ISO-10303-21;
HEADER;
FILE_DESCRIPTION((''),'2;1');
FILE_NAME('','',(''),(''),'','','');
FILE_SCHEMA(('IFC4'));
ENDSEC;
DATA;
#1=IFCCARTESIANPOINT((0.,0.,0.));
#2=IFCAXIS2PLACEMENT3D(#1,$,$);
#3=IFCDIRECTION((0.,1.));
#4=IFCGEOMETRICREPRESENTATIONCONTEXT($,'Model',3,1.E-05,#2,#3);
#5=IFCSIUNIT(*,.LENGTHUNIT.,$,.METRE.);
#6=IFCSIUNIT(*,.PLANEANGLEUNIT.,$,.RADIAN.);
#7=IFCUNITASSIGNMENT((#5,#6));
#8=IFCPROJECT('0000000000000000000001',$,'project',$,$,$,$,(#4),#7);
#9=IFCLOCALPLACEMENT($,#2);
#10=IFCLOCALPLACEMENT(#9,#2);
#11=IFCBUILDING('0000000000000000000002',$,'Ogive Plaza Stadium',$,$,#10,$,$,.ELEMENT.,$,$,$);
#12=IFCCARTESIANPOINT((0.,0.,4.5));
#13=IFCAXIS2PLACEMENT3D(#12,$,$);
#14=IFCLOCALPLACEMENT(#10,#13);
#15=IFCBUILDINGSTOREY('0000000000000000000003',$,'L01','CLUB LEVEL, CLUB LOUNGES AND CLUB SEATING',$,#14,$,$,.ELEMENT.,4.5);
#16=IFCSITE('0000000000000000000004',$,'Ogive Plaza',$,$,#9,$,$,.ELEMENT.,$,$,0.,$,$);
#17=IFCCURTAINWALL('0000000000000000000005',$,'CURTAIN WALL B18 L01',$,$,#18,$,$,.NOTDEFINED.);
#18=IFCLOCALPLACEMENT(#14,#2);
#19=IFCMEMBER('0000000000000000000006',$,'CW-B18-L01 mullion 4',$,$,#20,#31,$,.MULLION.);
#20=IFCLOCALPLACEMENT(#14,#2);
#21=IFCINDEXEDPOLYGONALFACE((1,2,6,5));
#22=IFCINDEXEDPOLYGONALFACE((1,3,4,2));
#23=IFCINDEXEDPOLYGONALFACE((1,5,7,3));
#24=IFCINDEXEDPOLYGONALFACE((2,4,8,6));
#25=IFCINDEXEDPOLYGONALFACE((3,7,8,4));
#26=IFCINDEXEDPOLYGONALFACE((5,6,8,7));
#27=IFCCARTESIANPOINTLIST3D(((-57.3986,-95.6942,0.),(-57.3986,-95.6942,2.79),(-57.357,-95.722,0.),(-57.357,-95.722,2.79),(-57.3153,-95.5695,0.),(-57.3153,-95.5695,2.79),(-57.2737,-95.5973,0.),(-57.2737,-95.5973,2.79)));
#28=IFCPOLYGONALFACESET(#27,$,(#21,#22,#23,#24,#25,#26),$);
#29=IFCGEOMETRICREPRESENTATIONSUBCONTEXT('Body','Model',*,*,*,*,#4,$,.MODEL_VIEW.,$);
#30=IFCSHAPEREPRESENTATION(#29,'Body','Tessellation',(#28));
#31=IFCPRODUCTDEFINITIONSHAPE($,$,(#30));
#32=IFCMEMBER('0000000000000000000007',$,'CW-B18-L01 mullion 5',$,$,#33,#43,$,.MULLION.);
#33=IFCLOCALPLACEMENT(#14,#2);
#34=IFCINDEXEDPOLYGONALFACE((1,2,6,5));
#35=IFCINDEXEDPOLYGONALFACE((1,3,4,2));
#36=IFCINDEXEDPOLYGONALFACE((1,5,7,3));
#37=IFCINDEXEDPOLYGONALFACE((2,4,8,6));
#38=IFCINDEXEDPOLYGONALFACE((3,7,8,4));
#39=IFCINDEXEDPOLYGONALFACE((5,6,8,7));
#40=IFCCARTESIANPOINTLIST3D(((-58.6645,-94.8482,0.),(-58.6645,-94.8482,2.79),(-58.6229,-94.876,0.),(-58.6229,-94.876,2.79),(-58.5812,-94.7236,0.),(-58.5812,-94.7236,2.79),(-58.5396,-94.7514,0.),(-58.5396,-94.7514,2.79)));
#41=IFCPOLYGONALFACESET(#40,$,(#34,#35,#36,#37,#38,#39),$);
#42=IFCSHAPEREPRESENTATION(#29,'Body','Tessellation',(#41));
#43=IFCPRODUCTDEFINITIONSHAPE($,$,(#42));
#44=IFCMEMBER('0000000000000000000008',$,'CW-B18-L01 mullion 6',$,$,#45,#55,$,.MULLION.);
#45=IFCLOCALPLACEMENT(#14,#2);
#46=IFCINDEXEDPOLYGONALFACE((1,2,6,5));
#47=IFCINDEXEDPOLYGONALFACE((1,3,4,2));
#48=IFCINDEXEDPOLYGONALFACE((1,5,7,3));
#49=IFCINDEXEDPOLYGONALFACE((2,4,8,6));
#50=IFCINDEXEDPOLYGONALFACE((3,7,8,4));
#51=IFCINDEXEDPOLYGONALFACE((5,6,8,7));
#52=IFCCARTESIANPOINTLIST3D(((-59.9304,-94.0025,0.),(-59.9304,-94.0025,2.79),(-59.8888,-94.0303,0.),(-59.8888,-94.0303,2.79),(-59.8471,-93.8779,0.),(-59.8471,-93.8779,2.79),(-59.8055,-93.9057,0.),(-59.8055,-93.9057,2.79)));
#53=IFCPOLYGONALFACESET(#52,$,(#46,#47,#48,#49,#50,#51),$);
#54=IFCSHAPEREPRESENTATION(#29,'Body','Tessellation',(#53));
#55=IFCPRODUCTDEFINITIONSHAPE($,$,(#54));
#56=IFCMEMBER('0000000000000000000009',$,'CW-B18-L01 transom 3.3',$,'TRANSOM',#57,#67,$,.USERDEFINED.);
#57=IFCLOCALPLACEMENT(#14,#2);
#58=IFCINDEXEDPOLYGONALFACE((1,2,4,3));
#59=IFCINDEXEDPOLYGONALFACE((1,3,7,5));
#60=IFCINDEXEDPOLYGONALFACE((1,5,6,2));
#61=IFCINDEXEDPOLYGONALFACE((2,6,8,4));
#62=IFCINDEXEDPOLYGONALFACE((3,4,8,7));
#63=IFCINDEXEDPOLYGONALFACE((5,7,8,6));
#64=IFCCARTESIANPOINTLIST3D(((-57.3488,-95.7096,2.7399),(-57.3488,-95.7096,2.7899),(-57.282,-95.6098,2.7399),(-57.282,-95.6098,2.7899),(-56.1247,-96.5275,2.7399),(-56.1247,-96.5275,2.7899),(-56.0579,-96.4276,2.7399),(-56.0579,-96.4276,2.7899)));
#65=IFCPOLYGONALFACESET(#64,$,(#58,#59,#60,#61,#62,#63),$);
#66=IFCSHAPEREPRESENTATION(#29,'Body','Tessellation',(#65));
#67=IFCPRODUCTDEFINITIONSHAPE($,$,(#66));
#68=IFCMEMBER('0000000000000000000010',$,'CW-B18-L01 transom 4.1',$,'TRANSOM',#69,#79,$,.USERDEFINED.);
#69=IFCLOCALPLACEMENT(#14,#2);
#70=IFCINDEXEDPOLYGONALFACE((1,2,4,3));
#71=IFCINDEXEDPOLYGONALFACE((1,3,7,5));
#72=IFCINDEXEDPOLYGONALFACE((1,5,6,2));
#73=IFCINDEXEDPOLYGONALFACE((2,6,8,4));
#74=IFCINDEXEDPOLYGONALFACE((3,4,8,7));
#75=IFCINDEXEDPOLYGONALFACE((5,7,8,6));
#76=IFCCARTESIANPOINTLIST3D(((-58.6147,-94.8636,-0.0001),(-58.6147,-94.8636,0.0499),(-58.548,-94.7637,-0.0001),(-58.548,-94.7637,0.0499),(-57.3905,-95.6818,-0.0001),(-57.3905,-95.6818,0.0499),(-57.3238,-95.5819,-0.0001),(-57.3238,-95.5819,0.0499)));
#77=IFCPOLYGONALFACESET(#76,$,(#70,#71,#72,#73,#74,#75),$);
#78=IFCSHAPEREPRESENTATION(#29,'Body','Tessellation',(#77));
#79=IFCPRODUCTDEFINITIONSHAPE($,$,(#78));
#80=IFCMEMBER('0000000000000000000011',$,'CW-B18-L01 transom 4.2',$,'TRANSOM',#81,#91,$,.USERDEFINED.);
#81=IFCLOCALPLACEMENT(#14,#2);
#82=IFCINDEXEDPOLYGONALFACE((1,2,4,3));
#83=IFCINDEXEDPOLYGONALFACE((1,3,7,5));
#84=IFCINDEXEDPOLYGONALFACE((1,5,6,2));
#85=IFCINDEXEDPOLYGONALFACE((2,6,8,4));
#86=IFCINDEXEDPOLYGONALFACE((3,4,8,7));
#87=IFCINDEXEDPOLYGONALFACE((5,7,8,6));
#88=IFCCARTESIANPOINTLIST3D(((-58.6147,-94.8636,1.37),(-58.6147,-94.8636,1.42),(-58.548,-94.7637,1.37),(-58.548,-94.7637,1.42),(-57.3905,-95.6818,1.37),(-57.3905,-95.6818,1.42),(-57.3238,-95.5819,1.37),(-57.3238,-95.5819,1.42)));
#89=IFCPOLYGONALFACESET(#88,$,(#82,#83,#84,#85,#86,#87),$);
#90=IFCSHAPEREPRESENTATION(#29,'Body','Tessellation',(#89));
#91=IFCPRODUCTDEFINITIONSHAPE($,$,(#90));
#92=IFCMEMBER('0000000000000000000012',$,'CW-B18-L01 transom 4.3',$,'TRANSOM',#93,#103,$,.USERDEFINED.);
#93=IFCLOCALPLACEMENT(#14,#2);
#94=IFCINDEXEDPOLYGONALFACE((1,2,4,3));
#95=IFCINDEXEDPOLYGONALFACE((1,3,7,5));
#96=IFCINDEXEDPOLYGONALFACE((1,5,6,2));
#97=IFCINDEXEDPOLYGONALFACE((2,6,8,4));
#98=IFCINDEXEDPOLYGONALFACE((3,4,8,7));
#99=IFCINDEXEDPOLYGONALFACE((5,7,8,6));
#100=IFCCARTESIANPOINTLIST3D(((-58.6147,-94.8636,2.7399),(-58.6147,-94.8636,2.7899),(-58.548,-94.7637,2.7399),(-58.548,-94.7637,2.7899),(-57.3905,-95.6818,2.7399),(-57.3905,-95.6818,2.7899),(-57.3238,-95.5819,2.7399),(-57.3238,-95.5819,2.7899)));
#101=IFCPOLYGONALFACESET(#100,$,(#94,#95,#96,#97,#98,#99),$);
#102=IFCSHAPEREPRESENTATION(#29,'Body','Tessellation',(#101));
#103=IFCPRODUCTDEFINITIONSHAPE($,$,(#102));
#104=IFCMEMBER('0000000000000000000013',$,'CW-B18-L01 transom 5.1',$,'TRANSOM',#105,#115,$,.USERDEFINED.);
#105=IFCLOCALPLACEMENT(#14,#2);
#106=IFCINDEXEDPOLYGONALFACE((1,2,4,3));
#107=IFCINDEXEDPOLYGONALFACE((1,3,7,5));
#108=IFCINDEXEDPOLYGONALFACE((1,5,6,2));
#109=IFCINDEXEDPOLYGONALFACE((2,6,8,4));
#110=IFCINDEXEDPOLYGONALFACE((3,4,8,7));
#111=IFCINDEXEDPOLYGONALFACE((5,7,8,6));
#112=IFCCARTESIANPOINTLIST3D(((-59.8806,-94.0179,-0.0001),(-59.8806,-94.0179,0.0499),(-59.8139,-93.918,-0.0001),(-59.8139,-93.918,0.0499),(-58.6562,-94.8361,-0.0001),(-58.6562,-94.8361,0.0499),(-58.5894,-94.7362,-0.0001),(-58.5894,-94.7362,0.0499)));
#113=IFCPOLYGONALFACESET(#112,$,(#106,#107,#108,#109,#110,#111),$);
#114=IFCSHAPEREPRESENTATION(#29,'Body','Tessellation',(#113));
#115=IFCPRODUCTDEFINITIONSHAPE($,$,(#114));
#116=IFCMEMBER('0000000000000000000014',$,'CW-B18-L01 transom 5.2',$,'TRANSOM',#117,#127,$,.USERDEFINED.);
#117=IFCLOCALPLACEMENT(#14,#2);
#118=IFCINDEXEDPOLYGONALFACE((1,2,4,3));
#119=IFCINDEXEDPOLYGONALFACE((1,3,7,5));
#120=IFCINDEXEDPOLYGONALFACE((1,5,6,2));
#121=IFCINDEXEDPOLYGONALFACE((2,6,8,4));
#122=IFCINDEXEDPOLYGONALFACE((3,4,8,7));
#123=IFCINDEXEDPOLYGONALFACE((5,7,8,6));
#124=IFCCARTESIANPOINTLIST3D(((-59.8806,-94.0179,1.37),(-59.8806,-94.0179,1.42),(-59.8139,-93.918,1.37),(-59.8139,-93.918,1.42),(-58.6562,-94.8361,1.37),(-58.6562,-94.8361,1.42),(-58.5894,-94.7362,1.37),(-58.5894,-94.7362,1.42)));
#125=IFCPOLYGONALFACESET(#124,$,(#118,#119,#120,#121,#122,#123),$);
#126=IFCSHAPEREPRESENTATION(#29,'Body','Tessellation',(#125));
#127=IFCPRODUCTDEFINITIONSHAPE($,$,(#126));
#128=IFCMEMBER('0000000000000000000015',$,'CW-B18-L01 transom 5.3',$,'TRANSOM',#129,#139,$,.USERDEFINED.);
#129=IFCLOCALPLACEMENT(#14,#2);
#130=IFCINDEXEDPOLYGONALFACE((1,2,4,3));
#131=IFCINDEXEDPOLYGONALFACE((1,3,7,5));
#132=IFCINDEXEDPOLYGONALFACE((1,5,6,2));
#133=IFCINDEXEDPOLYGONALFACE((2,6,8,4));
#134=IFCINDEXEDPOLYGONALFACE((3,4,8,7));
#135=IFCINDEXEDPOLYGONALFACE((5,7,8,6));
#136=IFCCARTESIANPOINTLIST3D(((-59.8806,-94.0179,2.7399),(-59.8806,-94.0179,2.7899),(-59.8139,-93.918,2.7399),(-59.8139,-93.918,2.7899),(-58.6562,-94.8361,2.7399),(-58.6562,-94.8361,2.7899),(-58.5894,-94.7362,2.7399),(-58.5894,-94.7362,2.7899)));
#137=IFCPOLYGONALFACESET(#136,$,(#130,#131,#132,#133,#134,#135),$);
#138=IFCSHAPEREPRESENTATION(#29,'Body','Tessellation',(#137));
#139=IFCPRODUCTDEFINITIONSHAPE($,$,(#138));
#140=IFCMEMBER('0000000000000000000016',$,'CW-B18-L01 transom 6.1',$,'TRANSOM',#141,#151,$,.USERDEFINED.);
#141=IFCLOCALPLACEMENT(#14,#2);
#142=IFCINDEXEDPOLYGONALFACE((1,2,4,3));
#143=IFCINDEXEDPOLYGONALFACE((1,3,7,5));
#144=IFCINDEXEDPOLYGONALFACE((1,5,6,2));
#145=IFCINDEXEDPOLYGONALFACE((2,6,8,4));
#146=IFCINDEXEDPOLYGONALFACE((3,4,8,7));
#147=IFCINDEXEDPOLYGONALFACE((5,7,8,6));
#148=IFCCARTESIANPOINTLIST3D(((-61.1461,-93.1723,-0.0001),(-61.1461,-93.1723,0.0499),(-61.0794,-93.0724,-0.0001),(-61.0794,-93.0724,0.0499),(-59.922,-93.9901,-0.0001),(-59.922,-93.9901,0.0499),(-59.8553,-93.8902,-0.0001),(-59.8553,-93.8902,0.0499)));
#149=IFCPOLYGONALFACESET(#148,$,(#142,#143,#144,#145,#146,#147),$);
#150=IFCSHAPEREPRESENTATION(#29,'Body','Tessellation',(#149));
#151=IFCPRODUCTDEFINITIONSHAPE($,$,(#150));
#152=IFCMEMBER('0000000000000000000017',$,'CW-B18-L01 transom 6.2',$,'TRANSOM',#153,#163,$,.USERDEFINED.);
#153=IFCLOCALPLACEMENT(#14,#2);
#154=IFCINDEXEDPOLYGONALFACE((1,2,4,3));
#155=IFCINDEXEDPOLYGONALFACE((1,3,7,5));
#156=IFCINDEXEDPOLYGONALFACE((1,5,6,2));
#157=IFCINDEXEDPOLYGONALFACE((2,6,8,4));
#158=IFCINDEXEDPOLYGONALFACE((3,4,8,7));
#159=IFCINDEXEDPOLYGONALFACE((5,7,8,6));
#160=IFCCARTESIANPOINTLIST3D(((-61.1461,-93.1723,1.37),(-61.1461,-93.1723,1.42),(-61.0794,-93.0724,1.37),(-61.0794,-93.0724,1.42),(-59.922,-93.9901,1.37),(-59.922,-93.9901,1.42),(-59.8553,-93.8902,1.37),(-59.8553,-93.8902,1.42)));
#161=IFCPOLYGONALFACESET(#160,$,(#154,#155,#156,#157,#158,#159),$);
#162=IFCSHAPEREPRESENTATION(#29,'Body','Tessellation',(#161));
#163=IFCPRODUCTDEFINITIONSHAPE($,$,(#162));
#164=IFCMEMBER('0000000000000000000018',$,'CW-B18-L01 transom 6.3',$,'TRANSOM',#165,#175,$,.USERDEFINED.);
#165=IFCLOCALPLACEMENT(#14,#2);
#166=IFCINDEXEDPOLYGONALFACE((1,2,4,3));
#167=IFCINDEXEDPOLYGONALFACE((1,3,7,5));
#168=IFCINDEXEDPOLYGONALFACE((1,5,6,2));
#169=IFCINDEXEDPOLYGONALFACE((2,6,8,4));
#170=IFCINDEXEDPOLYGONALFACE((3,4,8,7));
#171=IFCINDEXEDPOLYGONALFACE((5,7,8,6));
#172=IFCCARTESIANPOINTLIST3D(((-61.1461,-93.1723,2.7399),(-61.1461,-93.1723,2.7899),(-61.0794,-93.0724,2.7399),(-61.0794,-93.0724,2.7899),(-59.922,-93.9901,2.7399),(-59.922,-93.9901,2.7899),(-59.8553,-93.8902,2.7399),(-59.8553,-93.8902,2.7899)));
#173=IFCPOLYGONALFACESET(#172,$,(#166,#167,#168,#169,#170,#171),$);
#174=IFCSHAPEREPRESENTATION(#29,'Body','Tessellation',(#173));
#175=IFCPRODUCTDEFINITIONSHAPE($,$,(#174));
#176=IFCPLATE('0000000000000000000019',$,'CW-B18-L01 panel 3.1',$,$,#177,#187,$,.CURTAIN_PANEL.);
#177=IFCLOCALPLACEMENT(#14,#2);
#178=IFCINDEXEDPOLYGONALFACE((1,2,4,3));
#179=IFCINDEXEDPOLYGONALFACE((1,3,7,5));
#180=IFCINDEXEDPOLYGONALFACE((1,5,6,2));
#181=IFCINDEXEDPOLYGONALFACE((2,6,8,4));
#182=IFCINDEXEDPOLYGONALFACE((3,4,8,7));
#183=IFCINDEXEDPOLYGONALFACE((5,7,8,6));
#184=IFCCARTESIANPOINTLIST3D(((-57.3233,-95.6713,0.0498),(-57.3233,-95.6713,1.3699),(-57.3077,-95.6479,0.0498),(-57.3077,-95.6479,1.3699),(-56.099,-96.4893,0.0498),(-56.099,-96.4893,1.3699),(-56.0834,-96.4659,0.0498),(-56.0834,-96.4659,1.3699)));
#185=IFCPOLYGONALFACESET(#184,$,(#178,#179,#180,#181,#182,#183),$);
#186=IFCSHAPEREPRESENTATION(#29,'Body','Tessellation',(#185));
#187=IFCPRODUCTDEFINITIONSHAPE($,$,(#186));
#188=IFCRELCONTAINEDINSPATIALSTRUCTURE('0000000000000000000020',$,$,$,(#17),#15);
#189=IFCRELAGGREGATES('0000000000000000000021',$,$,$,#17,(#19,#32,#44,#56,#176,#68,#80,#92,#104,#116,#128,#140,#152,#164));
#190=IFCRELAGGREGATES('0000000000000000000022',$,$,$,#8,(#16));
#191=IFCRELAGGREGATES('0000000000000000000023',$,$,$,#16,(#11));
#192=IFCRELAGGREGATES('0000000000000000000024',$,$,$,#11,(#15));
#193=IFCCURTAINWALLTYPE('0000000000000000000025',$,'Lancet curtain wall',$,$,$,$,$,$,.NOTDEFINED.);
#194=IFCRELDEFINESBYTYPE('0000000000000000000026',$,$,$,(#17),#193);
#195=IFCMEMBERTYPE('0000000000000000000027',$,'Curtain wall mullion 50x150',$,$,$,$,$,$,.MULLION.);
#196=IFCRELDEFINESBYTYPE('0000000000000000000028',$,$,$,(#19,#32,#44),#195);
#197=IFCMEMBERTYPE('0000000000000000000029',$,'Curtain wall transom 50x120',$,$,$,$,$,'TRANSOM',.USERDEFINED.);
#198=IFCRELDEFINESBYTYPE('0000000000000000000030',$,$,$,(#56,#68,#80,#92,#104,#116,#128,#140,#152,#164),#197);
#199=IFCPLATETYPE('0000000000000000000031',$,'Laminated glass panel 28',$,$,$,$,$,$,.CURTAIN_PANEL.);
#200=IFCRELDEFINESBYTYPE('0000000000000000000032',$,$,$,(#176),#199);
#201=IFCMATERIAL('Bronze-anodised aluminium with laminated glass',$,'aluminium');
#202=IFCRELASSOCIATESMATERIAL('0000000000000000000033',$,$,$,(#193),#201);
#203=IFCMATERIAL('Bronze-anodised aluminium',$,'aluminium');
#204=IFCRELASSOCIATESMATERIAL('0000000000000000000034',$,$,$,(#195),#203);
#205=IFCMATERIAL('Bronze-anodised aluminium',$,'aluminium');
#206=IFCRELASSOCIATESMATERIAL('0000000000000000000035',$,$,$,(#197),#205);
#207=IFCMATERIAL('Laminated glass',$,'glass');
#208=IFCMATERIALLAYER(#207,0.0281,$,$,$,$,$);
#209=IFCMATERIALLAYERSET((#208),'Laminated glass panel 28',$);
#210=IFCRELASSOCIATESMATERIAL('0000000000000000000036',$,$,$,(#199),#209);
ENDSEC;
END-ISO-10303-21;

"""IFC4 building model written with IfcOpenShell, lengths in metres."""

from ifc_helpers import new_model, si_unit, direction, frame, origin, origin_2d, place, context, subcontext, project, spatial, rectangle, extrude, material, layer, layer_set, material_profile, profile_set, type_object, element, aggregate, save


model = new_model("IFC4")

# Units and contexts
model_context = context("Model", 3, precision=1e-05, world=origin(), true_north=direction((0.0, 1.0)))
body_context = subcontext(model_context, "Body", "Model", "MODEL_VIEW")
ifc_project = project(units=[si_unit("LENGTHUNIT", "METRE"), si_unit("PLANEANGLEUNIT", "RADIAN")], contexts=[model_context])

# Site, building, storey
site_placement = place(None, origin())
site = spatial("IfcSite", under=ifc_project, at=site_placement, Name="Ogive Plaza", CompositionType="ELEMENT", RefElevation=0.0)
building_placement = place(site_placement, origin())
building = spatial("IfcBuilding", under=site, at=building_placement, Name="Ogive Plaza Stadium", CompositionType="ELEMENT")
storey_placement = place(building_placement, frame((0.0, 0.0, 4.5)))
storey = spatial("IfcBuildingStorey", under=building, at=storey_placement, Name="L01", Description="CLUB LEVEL, CLUB LOUNGES AND CLUB SEATING", CompositionType="ELEMENT", Elevation=4.5)

# Curtain wall, members, plate
ifc_material_1 = material(Name="Bronze-anodised aluminium with laminated glass", Category="aluminium")
curtain_wall_type = type_object("IfcCurtainWallType", Name="Lancet curtain wall", PredefinedType="NOTDEFINED", material=ifc_material_1)
curtain_wall_placement = place(storey_placement, origin())
curtain_wall = element("IfcCurtainWall", 1, at=curtain_wall_placement, inside=storey, type_object=curtain_wall_type, Name="CURTAIN WALL B18 L01", PredefinedType="NOTDEFINED")
ifc_material_2 = material(Name="Bronze-anodised aluminium", Category="aluminium")
ifc_material_profile_1 = material_profile(ifc_material_2, rectangle(XDim=0.1499, YDim=0.05, at=origin_2d()), Name="AL 150x50")
ifc_profile_set_1 = profile_set([ifc_material_profile_1], Name="Bronze-anodised aluminium")
member_type_1 = type_object("IfcMemberType", Name="Curtain wall mullion 50x150", PredefinedType="MULLION", material=ifc_profile_set_1)
member_1_placement = place(storey_placement, frame((-57.3362, -95.6458, 0.0), z_axis=(0.0, 0.0, 1.0), x_axis=(-0.55557, -0.83147, 0.0)))
member_1 = element("IfcMember", 2, at=member_1_placement, type_object=member_type_1, Name="CW-B18-L01 mullion 4", PredefinedType="MULLION", context=body_context, shape_type="SweptSolid", body=[
    extrude(rectangle(XDim=0.1499, YDim=0.05, at=origin_2d()), origin(), (0.0, 0.0, 1.0), 2.79),
])
member_2_placement = place(storey_placement, frame((-58.6021, -94.7998, 0.0), z_axis=(0.0, 0.0, 1.0), x_axis=(-0.55557, -0.83147, 0.0)))
member_2 = element("IfcMember", 3, at=member_2_placement, type_object=member_type_1, Name="CW-B18-L01 mullion 5", PredefinedType="MULLION", context=body_context, shape_type="SweptSolid", body=[
    extrude(rectangle(XDim=0.1499, YDim=0.05, at=origin_2d()), origin(), (0.0, 0.0, 1.0), 2.79),
])
member_3_placement = place(storey_placement, frame((-59.8679, -93.9541, 0.0), z_axis=(0.0, 0.0, 1.0), x_axis=(-0.55557, -0.83147, 0.0)))
member_3 = element("IfcMember", 4, at=member_3_placement, type_object=member_type_1, Name="CW-B18-L01 mullion 6", PredefinedType="MULLION", context=body_context, shape_type="SweptSolid", body=[
    extrude(rectangle(XDim=0.1499, YDim=0.05, at=origin_2d()), origin(), (0.0, 0.0, 1.0), 2.79),
])
ifc_material_3 = material(Name="Bronze-anodised aluminium", Category="aluminium")
ifc_material_profile_2 = material_profile(ifc_material_3, rectangle(XDim=0.1201, YDim=0.05, at=origin_2d()), Name="AL 120x50")
ifc_profile_set_2 = profile_set([ifc_material_profile_2], Name="Bronze-anodised aluminium")
member_type_2 = type_object("IfcMemberType", Name="Curtain wall transom 50x120", ElementType="TRANSOM", PredefinedType="USERDEFINED", material=ifc_profile_set_2)
member_4_placement = place(storey_placement, frame((-56.0913, -96.4775, 2.7649), z_axis=(-0.831489, 0.555542, 0.0), x_axis=(-0.555542, -0.831489, 0.0)))
member_4 = element("IfcMember", 5, at=member_4_placement, type_object=member_type_2, Name="CW-B18-L01 transom 3.3", ObjectType="TRANSOM", PredefinedType="USERDEFINED", context=body_context, shape_type="SweptSolid", body=[
    extrude(rectangle(XDim=0.1201, YDim=0.05, at=origin_2d()), origin(), (0.0, 0.0, 1.0), 1.4722),
])
member_5_placement = place(storey_placement, frame((-57.3572, -95.6318, 0.0249), z_axis=(-0.831412, 0.555656, 0.0), x_axis=(-0.555656, -0.831412, 0.0)))
member_5 = element("IfcMember", 6, at=member_5_placement, type_object=member_type_2, Name="CW-B18-L01 transom 4.1", ObjectType="TRANSOM", PredefinedType="USERDEFINED", context=body_context, shape_type="SweptSolid", body=[
    extrude(rectangle(XDim=0.1201, YDim=0.05, at=origin_2d()), origin(), (0.0, 0.0, 1.0), 1.4724),
])
member_6_placement = place(storey_placement, frame((-57.3572, -95.6318, 1.395), z_axis=(-0.831412, 0.555656, 0.0), x_axis=(-0.555656, -0.831412, 0.0)))
member_6 = element("IfcMember", 7, at=member_6_placement, type_object=member_type_2, Name="CW-B18-L01 transom 4.2", ObjectType="TRANSOM", PredefinedType="USERDEFINED", context=body_context, shape_type="SweptSolid", body=[
    extrude(rectangle(XDim=0.1201, YDim=0.05, at=origin_2d()), origin(), (0.0, 0.0, 1.0), 1.4724),
])
member_7_placement = place(storey_placement, frame((-57.3572, -95.6318, 2.7649), z_axis=(-0.831412, 0.555656, 0.0), x_axis=(-0.555656, -0.831412, 0.0)))
member_7 = element("IfcMember", 8, at=member_7_placement, type_object=member_type_2, Name="CW-B18-L01 transom 4.3", ObjectType="TRANSOM", PredefinedType="USERDEFINED", context=body_context, shape_type="SweptSolid", body=[
    extrude(rectangle(XDim=0.1201, YDim=0.05, at=origin_2d()), origin(), (0.0, 0.0, 1.0), 1.4724),
])
member_8_placement = place(storey_placement, frame((-58.6228, -94.7861, 0.0249), z_axis=(-0.831463, 0.55558, 0.0), x_axis=(-0.55558, -0.831463, 0.0)))
member_8 = element("IfcMember", 9, at=member_8_placement, type_object=member_type_2, Name="CW-B18-L01 transom 5.1", ObjectType="TRANSOM", PredefinedType="USERDEFINED", context=body_context, shape_type="SweptSolid", body=[
    extrude(rectangle(XDim=0.1201, YDim=0.05, at=origin_2d()), origin(), (0.0, 0.0, 1.0), 1.4727),
])
member_9_placement = place(storey_placement, frame((-58.6228, -94.7861, 1.395), z_axis=(-0.831463, 0.55558, 0.0), x_axis=(-0.55558, -0.831463, 0.0)))
member_9 = element("IfcMember", 10, at=member_9_placement, type_object=member_type_2, Name="CW-B18-L01 transom 5.2", ObjectType="TRANSOM", PredefinedType="USERDEFINED", context=body_context, shape_type="SweptSolid", body=[
    extrude(rectangle(XDim=0.1201, YDim=0.05, at=origin_2d()), origin(), (0.0, 0.0, 1.0), 1.4727),
])
member_10_placement = place(storey_placement, frame((-58.6228, -94.7861, 2.7649), z_axis=(-0.831463, 0.55558, 0.0), x_axis=(-0.55558, -0.831463, 0.0)))
member_10 = element("IfcMember", 11, at=member_10_placement, type_object=member_type_2, Name="CW-B18-L01 transom 5.3", ObjectType="TRANSOM", PredefinedType="USERDEFINED", context=body_context, shape_type="SweptSolid", body=[
    extrude(rectangle(XDim=0.1201, YDim=0.05, at=origin_2d()), origin(), (0.0, 0.0, 1.0), 1.4727),
])
member_11_placement = place(storey_placement, frame((-59.8887, -93.9402, 0.0249), z_axis=(-0.831489, 0.555542, 0.0), x_axis=(-0.555542, -0.831489, 0.0)))
member_11 = element("IfcMember", 12, at=member_11_placement, type_object=member_type_2, Name="CW-B18-L01 transom 6.1", ObjectType="TRANSOM", PredefinedType="USERDEFINED", context=body_context, shape_type="SweptSolid", body=[
    extrude(rectangle(XDim=0.1201, YDim=0.05, at=origin_2d()), origin(), (0.0, 0.0, 1.0), 1.4722),
])
member_12_placement = place(storey_placement, frame((-59.8887, -93.9402, 1.395), z_axis=(-0.831489, 0.555542, 0.0), x_axis=(-0.555542, -0.831489, 0.0)))
member_12 = element("IfcMember", 13, at=member_12_placement, type_object=member_type_2, Name="CW-B18-L01 transom 6.2", ObjectType="TRANSOM", PredefinedType="USERDEFINED", context=body_context, shape_type="SweptSolid", body=[
    extrude(rectangle(XDim=0.1201, YDim=0.05, at=origin_2d()), origin(), (0.0, 0.0, 1.0), 1.4722),
])
member_13_placement = place(storey_placement, frame((-59.8887, -93.9402, 2.7649), z_axis=(-0.831489, 0.555542, 0.0), x_axis=(-0.555542, -0.831489, 0.0)))
member_13 = element("IfcMember", 14, at=member_13_placement, type_object=member_type_2, Name="CW-B18-L01 transom 6.3", ObjectType="TRANSOM", PredefinedType="USERDEFINED", context=body_context, shape_type="SweptSolid", body=[
    extrude(rectangle(XDim=0.1201, YDim=0.05, at=origin_2d()), origin(), (0.0, 0.0, 1.0), 1.4722),
])
ifc_material_4 = material(Name="Laminated glass", Category="glass")
ifc_layer_1 = layer(ifc_material_4, 0.0281)
ifc_layer_set_1 = layer_set([ifc_layer_1], Name="Laminated glass panel 28")
plate_type = type_object("IfcPlateType", Name="Laminated glass panel 28", PredefinedType="CURTAIN_PANEL", material=ifc_layer_set_1)
plate_1_placement = place(storey_placement, frame((-56.7034, -96.0686, 0.0498), z_axis=(0.0, 0.0, 1.0), x_axis=(-0.83147, 0.55557, 0.0)))
plate_1 = element("IfcPlate", 15, at=plate_1_placement, type_object=plate_type, Name="CW-B18-L01 panel 3.1", PredefinedType="CURTAIN_PANEL", context=body_context, shape_type="SweptSolid", body=[
    extrude(rectangle(XDim=1.4724, YDim=0.0281, at=origin_2d()), origin(), (0.0, 0.0, 1.0), 1.3201),
])
aggregate(curtain_wall, [member_1, member_2, member_3, member_4, plate_1, member_5, member_6, member_7, member_8, member_9, member_10, member_11, member_12, member_13])

save(model, "model.ifc")
